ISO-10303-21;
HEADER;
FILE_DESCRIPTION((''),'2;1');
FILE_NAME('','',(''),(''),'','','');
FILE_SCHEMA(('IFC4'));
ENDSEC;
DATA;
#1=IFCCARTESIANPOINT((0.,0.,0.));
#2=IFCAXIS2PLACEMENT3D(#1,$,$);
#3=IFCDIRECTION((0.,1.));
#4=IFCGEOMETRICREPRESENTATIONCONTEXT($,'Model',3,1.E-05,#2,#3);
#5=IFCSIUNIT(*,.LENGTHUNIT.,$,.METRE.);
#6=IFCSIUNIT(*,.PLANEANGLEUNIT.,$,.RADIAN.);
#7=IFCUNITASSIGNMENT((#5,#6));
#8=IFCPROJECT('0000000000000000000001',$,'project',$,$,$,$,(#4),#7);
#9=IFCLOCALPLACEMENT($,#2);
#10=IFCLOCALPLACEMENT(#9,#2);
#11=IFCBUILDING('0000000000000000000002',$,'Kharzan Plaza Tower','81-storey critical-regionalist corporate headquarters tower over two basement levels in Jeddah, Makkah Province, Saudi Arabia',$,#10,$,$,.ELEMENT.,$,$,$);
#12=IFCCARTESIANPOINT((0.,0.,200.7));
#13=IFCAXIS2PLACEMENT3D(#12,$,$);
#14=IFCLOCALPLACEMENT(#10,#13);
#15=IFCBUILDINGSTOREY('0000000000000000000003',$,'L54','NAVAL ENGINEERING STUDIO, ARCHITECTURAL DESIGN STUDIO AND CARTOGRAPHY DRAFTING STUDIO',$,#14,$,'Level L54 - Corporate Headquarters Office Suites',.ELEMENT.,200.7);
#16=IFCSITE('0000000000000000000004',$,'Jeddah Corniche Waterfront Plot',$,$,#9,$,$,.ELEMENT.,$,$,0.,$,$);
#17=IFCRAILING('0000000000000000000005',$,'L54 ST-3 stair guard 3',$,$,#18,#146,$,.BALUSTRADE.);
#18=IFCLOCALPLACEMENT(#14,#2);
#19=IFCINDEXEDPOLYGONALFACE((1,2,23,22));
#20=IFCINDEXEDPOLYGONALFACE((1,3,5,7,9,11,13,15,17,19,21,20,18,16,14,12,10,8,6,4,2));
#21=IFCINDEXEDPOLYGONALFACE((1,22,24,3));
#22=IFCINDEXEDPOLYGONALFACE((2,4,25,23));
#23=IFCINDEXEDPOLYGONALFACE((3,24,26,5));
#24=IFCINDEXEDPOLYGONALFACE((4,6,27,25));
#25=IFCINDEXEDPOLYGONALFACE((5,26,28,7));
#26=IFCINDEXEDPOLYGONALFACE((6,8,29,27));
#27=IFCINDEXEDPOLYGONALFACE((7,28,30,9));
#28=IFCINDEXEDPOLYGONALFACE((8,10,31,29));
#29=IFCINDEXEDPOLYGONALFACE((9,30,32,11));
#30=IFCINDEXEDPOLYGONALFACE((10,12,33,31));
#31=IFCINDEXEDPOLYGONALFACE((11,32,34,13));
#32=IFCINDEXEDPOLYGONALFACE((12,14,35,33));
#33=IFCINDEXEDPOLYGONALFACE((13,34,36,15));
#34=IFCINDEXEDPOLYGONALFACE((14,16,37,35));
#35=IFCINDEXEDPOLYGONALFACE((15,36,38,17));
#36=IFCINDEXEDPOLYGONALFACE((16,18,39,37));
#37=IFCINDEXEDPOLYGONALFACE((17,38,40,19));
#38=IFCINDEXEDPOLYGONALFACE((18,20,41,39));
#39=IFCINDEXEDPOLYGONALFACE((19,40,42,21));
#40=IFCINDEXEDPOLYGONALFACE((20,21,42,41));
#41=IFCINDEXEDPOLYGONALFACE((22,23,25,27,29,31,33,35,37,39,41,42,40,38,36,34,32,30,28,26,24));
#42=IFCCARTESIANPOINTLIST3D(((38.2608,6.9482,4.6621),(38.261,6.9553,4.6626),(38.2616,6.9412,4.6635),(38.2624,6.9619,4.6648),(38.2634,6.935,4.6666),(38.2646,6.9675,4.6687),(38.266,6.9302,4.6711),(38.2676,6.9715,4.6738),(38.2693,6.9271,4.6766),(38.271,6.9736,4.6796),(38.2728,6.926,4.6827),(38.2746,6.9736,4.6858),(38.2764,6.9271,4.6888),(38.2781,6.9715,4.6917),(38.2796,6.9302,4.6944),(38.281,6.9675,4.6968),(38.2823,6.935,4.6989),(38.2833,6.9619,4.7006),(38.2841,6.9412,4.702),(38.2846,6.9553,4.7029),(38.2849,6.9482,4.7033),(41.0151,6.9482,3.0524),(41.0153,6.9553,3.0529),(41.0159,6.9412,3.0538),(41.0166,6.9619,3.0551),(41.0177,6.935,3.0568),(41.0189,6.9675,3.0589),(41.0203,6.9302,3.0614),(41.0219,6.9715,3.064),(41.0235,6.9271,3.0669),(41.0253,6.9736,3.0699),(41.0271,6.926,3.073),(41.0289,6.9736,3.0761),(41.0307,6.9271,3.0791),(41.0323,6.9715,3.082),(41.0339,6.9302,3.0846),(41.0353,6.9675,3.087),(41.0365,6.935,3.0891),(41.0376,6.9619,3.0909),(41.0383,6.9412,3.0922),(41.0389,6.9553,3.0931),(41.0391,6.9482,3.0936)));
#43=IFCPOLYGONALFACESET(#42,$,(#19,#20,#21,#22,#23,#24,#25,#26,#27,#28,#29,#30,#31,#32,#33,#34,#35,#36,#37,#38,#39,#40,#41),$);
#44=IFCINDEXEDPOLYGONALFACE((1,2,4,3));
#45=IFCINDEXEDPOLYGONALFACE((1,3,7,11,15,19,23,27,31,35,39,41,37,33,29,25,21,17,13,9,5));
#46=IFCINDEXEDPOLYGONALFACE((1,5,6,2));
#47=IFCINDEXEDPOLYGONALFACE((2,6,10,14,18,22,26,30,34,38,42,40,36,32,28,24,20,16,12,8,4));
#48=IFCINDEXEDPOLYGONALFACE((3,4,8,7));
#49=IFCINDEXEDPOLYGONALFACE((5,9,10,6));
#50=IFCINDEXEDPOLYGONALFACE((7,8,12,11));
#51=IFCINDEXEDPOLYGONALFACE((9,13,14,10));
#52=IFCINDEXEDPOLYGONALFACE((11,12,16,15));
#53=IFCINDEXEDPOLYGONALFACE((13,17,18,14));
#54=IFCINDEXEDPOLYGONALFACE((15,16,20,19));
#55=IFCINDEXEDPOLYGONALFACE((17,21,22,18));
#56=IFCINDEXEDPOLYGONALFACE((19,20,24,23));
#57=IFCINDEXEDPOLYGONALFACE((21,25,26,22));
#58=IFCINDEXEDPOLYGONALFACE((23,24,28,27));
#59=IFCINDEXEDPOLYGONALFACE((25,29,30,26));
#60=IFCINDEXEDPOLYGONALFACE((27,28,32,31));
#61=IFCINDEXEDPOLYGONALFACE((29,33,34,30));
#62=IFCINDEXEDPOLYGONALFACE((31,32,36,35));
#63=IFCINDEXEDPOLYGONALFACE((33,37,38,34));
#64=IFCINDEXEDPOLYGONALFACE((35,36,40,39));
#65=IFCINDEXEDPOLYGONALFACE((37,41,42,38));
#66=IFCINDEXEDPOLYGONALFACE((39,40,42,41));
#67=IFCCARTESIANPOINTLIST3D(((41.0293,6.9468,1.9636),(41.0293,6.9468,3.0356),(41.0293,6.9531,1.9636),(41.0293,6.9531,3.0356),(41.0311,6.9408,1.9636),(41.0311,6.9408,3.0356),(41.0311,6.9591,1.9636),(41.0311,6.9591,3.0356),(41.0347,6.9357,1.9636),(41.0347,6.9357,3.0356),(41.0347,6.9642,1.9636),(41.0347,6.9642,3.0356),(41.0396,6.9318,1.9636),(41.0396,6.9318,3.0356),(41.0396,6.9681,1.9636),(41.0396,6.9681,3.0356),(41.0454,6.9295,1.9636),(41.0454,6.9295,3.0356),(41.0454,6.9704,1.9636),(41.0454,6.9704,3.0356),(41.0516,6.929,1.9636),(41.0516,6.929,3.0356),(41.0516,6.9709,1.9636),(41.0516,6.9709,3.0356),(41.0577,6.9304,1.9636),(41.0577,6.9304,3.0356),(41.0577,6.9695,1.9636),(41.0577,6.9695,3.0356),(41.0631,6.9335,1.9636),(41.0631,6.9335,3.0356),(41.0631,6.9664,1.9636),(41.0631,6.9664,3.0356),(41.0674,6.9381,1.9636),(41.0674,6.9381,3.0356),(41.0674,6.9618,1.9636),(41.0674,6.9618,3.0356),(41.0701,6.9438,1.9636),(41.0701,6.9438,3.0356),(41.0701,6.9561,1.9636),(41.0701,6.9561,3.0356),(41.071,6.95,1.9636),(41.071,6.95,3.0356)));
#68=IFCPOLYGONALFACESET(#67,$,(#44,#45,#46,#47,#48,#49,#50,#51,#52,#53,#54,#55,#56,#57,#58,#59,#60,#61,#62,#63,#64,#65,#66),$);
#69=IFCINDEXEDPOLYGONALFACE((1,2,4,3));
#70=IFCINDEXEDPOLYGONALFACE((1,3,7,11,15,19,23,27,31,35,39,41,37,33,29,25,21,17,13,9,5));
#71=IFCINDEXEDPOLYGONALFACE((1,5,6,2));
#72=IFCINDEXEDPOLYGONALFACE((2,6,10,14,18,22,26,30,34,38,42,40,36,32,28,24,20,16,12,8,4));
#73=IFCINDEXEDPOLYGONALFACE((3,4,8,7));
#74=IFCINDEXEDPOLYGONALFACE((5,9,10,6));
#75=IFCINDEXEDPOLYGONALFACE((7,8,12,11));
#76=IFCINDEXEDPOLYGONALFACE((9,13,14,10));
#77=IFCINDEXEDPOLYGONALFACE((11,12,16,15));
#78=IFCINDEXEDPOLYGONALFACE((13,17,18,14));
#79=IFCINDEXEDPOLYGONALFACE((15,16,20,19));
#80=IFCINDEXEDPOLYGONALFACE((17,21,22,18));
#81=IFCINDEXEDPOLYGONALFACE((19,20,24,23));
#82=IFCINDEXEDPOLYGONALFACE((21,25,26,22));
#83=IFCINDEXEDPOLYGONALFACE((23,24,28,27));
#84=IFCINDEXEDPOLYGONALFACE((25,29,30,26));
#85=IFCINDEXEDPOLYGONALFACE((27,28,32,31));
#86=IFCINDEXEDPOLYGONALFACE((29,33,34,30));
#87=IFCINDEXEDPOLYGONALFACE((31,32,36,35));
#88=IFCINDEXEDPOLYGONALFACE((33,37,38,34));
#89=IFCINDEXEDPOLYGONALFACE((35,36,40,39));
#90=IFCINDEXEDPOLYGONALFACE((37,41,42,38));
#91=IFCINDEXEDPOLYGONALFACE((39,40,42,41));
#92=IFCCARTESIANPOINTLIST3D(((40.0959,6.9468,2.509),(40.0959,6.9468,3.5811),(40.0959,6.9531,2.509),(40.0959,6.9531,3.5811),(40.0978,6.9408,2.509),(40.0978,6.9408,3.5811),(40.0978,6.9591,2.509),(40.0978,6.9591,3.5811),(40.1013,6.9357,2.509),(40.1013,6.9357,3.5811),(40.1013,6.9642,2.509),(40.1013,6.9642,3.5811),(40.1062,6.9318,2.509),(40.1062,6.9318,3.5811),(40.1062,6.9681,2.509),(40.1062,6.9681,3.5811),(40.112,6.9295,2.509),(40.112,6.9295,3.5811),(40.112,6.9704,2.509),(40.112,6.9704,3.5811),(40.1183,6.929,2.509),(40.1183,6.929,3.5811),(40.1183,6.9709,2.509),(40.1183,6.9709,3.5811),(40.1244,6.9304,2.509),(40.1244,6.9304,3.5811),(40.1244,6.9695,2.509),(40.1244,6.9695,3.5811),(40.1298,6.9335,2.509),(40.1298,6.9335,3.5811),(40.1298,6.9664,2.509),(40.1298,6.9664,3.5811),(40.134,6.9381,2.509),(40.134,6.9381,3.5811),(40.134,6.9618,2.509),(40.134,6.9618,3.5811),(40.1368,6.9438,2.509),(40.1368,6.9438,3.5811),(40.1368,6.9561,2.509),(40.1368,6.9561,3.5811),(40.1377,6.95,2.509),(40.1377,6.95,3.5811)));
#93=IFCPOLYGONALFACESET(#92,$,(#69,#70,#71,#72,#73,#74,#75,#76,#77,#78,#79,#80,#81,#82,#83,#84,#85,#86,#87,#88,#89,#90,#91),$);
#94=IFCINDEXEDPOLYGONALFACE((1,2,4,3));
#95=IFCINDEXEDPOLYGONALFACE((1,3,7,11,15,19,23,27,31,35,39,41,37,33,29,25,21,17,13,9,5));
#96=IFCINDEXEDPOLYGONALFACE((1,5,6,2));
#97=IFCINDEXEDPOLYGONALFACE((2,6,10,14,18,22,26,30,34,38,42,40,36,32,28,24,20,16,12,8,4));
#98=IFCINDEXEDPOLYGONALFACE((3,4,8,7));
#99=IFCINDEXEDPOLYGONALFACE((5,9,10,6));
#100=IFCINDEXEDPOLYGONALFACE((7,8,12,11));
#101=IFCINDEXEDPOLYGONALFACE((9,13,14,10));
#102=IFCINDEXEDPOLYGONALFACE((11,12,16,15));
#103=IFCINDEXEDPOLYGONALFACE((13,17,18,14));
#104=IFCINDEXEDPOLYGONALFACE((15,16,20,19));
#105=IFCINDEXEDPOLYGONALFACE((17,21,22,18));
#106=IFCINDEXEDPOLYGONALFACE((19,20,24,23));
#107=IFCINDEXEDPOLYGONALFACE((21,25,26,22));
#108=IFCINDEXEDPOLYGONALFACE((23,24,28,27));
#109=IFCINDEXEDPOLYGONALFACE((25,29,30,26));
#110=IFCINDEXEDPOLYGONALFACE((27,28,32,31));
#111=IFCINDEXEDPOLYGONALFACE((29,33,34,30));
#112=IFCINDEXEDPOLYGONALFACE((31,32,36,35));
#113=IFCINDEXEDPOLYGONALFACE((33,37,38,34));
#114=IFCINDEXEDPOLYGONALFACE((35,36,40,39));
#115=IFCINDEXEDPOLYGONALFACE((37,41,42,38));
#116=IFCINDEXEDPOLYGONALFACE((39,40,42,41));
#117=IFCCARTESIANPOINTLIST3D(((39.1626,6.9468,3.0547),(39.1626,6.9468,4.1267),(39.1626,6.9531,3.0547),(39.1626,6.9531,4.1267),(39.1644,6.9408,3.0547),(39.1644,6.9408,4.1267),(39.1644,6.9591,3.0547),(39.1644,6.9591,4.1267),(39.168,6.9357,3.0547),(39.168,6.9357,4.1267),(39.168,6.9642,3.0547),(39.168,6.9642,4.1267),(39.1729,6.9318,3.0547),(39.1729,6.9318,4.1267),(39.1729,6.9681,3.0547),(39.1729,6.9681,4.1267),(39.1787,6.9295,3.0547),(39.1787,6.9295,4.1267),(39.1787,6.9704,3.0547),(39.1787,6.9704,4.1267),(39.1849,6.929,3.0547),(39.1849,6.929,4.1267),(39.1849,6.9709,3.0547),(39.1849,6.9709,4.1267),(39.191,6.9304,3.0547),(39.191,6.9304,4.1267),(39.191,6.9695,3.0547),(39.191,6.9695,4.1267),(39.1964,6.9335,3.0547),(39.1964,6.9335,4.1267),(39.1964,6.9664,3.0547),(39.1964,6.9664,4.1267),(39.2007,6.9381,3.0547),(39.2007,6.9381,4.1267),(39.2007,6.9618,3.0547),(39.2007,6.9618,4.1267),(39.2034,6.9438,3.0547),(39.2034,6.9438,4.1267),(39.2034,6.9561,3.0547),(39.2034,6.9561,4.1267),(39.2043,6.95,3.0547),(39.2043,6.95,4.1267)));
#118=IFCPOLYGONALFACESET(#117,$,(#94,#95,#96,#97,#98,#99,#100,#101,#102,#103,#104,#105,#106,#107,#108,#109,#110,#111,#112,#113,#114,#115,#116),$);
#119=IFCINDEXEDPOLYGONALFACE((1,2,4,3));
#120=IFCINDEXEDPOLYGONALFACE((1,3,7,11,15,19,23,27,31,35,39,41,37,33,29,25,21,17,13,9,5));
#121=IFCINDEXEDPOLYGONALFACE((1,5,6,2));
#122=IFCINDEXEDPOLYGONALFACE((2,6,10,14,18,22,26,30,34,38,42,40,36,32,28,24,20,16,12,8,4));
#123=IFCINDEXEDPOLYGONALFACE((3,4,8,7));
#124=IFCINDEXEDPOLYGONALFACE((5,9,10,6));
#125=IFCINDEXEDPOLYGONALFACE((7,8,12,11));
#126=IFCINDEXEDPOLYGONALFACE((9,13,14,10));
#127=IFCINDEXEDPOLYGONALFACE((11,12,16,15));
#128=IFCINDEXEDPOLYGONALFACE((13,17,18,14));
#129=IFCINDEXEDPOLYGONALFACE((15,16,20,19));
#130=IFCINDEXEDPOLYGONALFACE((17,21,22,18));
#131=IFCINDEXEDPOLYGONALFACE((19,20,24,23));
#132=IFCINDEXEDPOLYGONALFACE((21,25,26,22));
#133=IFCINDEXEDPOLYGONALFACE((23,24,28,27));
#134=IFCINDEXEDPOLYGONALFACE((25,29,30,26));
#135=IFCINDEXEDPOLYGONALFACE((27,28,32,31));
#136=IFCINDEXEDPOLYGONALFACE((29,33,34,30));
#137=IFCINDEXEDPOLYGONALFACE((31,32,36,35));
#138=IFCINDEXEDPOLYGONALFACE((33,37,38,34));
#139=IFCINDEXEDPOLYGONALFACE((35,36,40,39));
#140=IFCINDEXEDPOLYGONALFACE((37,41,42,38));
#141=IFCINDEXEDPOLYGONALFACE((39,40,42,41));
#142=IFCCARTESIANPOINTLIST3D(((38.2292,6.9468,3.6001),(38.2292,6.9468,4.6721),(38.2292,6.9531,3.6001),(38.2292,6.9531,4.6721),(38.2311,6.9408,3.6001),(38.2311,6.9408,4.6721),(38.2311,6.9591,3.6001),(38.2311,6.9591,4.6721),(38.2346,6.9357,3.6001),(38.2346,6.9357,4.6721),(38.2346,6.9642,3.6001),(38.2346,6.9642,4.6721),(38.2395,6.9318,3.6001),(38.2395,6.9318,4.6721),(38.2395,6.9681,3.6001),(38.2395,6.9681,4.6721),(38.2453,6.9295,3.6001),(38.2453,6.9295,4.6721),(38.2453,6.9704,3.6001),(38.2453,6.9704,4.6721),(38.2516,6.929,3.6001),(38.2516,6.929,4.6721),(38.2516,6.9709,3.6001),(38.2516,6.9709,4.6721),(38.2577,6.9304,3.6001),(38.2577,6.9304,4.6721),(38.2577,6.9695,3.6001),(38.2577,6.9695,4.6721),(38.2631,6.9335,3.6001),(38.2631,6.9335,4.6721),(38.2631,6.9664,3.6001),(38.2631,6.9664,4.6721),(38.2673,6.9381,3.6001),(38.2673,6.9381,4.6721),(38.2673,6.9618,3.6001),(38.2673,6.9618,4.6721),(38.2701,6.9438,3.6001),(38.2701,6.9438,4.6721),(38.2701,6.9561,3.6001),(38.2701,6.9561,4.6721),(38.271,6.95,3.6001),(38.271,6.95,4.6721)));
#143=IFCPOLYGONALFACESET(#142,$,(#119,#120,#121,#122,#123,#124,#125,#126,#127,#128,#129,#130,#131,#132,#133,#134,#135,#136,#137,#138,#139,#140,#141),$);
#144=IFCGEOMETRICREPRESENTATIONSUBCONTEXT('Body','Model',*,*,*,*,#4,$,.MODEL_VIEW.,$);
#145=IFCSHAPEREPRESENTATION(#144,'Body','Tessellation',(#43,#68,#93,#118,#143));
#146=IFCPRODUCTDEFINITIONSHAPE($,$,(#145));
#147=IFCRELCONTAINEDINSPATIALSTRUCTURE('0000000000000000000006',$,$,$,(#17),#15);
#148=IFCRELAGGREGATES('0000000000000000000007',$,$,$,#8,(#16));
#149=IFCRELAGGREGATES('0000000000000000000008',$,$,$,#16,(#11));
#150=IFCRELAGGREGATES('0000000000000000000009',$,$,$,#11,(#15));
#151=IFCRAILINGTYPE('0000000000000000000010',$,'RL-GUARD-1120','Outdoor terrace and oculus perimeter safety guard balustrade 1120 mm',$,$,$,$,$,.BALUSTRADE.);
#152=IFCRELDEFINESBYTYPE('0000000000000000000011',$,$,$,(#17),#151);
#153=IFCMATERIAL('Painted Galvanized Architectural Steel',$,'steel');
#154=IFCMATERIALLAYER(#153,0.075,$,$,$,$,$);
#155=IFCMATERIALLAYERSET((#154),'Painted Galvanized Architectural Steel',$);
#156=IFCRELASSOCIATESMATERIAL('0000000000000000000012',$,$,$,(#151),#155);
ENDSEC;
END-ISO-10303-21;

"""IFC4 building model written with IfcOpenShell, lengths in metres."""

from ifc_helpers import new_model, si_unit, direction, frame, origin, origin_2d, place, context, subcontext, project, spatial, circle, extrude, source, transform, mapped, material, layer, layer_set, type_object, element, save


model = new_model("IFC4")

# Units and contexts
model_context = context("Model", 3, precision=1e-05, world=origin(), true_north=direction((0.0, 1.0)))
body_context = subcontext(model_context, "Body", "Model", "MODEL_VIEW")
ifc_project = project(units=[si_unit("LENGTHUNIT", "METRE"), si_unit("PLANEANGLEUNIT", "RADIAN")], contexts=[model_context])

# Site, building, storey
site_placement = place(None, origin())
site = spatial("IfcSite", under=ifc_project, at=site_placement, Name="Jeddah Corniche Waterfront Plot", CompositionType="ELEMENT", RefElevation=0.0)
building_placement = place(site_placement, origin())
building = spatial("IfcBuilding", under=site, at=building_placement, Name="Kharzan Plaza Tower", Description="81-storey critical-regionalist corporate headquarters tower over two basement levels in Jeddah, Makkah Province, Saudi Arabia", CompositionType="ELEMENT")
storey_placement = place(building_placement, frame((0.0, 0.0, 200.7)))
storey = spatial("IfcBuildingStorey", under=building, at=storey_placement, Name="L54", Description="NAVAL ENGINEERING STUDIO, ARCHITECTURAL DESIGN STUDIO AND CARTOGRAPHY DRAFTING STUDIO", LongName="Level L54 - Corporate Headquarters Office Suites", CompositionType="ELEMENT", Elevation=200.7)

# Railing
ifc_material_1 = material(Name="Painted Galvanized Architectural Steel", Category="steel")
ifc_layer_1 = layer(ifc_material_1, 0.075)
ifc_layer_set_1 = layer_set([ifc_layer_1], Name="Painted Galvanized Architectural Steel")
railing_type_1 = type_object("IfcRailingType", Name="RL-GUARD-1120", Description="Outdoor terrace and oculus perimeter safety guard balustrade 1120 mm", PredefinedType="BALUSTRADE", material=ifc_layer_set_1)
shared_shape_1 = source(origin(), body_context, "Body", "SweptSolid", [
    extrude(circle(Radius=0.0239, at=origin_2d()), frame((-0.0229, 0.0, 1.1094), z_axis=(-0.863361, 0.0, 0.504587), x_axis=(0.0, -1.0, 0.0)), (0.0, 0.0, 1.0), 3.1902),
    extrude(circle(Radius=0.021, at=origin_2d()), origin(), (0.0, 0.0, 1.0), 1.072),
    extrude(circle(Radius=0.021, at=origin_2d()), frame((-0.9333, 0.0, 0.5454)), (0.0, 0.0, 1.0), 1.072),
    extrude(circle(Radius=0.021, at=origin_2d()), frame((-1.8667, 0.0, 1.0911)), (0.0, 0.0, 1.0), 1.072),
    extrude(circle(Radius=0.021, at=origin_2d()), frame((-2.8, 0.0, 1.6365)), (0.0, 0.0, 1.0), 1.072),
])
railing_1_placement = place(storey_placement, frame((41.05, 6.95, 1.9636)))
element("IfcRailing", 1, at=railing_1_placement, inside=storey, type_object=railing_type_1, Name="L54 ST-3 stair guard 3", PredefinedType="BALUSTRADE", context=body_context, shape_type="MappedRepresentation", body=[
    mapped(shared_shape_1, transform((0.0, 0.0, 0.0), x_axis=(1.0, 0.0, 0.0), y_axis=(0.0, 1.0, 0.0), z_axis=(0.0, 0.0, 1.0))),
])

save(model, "model.ifc")
